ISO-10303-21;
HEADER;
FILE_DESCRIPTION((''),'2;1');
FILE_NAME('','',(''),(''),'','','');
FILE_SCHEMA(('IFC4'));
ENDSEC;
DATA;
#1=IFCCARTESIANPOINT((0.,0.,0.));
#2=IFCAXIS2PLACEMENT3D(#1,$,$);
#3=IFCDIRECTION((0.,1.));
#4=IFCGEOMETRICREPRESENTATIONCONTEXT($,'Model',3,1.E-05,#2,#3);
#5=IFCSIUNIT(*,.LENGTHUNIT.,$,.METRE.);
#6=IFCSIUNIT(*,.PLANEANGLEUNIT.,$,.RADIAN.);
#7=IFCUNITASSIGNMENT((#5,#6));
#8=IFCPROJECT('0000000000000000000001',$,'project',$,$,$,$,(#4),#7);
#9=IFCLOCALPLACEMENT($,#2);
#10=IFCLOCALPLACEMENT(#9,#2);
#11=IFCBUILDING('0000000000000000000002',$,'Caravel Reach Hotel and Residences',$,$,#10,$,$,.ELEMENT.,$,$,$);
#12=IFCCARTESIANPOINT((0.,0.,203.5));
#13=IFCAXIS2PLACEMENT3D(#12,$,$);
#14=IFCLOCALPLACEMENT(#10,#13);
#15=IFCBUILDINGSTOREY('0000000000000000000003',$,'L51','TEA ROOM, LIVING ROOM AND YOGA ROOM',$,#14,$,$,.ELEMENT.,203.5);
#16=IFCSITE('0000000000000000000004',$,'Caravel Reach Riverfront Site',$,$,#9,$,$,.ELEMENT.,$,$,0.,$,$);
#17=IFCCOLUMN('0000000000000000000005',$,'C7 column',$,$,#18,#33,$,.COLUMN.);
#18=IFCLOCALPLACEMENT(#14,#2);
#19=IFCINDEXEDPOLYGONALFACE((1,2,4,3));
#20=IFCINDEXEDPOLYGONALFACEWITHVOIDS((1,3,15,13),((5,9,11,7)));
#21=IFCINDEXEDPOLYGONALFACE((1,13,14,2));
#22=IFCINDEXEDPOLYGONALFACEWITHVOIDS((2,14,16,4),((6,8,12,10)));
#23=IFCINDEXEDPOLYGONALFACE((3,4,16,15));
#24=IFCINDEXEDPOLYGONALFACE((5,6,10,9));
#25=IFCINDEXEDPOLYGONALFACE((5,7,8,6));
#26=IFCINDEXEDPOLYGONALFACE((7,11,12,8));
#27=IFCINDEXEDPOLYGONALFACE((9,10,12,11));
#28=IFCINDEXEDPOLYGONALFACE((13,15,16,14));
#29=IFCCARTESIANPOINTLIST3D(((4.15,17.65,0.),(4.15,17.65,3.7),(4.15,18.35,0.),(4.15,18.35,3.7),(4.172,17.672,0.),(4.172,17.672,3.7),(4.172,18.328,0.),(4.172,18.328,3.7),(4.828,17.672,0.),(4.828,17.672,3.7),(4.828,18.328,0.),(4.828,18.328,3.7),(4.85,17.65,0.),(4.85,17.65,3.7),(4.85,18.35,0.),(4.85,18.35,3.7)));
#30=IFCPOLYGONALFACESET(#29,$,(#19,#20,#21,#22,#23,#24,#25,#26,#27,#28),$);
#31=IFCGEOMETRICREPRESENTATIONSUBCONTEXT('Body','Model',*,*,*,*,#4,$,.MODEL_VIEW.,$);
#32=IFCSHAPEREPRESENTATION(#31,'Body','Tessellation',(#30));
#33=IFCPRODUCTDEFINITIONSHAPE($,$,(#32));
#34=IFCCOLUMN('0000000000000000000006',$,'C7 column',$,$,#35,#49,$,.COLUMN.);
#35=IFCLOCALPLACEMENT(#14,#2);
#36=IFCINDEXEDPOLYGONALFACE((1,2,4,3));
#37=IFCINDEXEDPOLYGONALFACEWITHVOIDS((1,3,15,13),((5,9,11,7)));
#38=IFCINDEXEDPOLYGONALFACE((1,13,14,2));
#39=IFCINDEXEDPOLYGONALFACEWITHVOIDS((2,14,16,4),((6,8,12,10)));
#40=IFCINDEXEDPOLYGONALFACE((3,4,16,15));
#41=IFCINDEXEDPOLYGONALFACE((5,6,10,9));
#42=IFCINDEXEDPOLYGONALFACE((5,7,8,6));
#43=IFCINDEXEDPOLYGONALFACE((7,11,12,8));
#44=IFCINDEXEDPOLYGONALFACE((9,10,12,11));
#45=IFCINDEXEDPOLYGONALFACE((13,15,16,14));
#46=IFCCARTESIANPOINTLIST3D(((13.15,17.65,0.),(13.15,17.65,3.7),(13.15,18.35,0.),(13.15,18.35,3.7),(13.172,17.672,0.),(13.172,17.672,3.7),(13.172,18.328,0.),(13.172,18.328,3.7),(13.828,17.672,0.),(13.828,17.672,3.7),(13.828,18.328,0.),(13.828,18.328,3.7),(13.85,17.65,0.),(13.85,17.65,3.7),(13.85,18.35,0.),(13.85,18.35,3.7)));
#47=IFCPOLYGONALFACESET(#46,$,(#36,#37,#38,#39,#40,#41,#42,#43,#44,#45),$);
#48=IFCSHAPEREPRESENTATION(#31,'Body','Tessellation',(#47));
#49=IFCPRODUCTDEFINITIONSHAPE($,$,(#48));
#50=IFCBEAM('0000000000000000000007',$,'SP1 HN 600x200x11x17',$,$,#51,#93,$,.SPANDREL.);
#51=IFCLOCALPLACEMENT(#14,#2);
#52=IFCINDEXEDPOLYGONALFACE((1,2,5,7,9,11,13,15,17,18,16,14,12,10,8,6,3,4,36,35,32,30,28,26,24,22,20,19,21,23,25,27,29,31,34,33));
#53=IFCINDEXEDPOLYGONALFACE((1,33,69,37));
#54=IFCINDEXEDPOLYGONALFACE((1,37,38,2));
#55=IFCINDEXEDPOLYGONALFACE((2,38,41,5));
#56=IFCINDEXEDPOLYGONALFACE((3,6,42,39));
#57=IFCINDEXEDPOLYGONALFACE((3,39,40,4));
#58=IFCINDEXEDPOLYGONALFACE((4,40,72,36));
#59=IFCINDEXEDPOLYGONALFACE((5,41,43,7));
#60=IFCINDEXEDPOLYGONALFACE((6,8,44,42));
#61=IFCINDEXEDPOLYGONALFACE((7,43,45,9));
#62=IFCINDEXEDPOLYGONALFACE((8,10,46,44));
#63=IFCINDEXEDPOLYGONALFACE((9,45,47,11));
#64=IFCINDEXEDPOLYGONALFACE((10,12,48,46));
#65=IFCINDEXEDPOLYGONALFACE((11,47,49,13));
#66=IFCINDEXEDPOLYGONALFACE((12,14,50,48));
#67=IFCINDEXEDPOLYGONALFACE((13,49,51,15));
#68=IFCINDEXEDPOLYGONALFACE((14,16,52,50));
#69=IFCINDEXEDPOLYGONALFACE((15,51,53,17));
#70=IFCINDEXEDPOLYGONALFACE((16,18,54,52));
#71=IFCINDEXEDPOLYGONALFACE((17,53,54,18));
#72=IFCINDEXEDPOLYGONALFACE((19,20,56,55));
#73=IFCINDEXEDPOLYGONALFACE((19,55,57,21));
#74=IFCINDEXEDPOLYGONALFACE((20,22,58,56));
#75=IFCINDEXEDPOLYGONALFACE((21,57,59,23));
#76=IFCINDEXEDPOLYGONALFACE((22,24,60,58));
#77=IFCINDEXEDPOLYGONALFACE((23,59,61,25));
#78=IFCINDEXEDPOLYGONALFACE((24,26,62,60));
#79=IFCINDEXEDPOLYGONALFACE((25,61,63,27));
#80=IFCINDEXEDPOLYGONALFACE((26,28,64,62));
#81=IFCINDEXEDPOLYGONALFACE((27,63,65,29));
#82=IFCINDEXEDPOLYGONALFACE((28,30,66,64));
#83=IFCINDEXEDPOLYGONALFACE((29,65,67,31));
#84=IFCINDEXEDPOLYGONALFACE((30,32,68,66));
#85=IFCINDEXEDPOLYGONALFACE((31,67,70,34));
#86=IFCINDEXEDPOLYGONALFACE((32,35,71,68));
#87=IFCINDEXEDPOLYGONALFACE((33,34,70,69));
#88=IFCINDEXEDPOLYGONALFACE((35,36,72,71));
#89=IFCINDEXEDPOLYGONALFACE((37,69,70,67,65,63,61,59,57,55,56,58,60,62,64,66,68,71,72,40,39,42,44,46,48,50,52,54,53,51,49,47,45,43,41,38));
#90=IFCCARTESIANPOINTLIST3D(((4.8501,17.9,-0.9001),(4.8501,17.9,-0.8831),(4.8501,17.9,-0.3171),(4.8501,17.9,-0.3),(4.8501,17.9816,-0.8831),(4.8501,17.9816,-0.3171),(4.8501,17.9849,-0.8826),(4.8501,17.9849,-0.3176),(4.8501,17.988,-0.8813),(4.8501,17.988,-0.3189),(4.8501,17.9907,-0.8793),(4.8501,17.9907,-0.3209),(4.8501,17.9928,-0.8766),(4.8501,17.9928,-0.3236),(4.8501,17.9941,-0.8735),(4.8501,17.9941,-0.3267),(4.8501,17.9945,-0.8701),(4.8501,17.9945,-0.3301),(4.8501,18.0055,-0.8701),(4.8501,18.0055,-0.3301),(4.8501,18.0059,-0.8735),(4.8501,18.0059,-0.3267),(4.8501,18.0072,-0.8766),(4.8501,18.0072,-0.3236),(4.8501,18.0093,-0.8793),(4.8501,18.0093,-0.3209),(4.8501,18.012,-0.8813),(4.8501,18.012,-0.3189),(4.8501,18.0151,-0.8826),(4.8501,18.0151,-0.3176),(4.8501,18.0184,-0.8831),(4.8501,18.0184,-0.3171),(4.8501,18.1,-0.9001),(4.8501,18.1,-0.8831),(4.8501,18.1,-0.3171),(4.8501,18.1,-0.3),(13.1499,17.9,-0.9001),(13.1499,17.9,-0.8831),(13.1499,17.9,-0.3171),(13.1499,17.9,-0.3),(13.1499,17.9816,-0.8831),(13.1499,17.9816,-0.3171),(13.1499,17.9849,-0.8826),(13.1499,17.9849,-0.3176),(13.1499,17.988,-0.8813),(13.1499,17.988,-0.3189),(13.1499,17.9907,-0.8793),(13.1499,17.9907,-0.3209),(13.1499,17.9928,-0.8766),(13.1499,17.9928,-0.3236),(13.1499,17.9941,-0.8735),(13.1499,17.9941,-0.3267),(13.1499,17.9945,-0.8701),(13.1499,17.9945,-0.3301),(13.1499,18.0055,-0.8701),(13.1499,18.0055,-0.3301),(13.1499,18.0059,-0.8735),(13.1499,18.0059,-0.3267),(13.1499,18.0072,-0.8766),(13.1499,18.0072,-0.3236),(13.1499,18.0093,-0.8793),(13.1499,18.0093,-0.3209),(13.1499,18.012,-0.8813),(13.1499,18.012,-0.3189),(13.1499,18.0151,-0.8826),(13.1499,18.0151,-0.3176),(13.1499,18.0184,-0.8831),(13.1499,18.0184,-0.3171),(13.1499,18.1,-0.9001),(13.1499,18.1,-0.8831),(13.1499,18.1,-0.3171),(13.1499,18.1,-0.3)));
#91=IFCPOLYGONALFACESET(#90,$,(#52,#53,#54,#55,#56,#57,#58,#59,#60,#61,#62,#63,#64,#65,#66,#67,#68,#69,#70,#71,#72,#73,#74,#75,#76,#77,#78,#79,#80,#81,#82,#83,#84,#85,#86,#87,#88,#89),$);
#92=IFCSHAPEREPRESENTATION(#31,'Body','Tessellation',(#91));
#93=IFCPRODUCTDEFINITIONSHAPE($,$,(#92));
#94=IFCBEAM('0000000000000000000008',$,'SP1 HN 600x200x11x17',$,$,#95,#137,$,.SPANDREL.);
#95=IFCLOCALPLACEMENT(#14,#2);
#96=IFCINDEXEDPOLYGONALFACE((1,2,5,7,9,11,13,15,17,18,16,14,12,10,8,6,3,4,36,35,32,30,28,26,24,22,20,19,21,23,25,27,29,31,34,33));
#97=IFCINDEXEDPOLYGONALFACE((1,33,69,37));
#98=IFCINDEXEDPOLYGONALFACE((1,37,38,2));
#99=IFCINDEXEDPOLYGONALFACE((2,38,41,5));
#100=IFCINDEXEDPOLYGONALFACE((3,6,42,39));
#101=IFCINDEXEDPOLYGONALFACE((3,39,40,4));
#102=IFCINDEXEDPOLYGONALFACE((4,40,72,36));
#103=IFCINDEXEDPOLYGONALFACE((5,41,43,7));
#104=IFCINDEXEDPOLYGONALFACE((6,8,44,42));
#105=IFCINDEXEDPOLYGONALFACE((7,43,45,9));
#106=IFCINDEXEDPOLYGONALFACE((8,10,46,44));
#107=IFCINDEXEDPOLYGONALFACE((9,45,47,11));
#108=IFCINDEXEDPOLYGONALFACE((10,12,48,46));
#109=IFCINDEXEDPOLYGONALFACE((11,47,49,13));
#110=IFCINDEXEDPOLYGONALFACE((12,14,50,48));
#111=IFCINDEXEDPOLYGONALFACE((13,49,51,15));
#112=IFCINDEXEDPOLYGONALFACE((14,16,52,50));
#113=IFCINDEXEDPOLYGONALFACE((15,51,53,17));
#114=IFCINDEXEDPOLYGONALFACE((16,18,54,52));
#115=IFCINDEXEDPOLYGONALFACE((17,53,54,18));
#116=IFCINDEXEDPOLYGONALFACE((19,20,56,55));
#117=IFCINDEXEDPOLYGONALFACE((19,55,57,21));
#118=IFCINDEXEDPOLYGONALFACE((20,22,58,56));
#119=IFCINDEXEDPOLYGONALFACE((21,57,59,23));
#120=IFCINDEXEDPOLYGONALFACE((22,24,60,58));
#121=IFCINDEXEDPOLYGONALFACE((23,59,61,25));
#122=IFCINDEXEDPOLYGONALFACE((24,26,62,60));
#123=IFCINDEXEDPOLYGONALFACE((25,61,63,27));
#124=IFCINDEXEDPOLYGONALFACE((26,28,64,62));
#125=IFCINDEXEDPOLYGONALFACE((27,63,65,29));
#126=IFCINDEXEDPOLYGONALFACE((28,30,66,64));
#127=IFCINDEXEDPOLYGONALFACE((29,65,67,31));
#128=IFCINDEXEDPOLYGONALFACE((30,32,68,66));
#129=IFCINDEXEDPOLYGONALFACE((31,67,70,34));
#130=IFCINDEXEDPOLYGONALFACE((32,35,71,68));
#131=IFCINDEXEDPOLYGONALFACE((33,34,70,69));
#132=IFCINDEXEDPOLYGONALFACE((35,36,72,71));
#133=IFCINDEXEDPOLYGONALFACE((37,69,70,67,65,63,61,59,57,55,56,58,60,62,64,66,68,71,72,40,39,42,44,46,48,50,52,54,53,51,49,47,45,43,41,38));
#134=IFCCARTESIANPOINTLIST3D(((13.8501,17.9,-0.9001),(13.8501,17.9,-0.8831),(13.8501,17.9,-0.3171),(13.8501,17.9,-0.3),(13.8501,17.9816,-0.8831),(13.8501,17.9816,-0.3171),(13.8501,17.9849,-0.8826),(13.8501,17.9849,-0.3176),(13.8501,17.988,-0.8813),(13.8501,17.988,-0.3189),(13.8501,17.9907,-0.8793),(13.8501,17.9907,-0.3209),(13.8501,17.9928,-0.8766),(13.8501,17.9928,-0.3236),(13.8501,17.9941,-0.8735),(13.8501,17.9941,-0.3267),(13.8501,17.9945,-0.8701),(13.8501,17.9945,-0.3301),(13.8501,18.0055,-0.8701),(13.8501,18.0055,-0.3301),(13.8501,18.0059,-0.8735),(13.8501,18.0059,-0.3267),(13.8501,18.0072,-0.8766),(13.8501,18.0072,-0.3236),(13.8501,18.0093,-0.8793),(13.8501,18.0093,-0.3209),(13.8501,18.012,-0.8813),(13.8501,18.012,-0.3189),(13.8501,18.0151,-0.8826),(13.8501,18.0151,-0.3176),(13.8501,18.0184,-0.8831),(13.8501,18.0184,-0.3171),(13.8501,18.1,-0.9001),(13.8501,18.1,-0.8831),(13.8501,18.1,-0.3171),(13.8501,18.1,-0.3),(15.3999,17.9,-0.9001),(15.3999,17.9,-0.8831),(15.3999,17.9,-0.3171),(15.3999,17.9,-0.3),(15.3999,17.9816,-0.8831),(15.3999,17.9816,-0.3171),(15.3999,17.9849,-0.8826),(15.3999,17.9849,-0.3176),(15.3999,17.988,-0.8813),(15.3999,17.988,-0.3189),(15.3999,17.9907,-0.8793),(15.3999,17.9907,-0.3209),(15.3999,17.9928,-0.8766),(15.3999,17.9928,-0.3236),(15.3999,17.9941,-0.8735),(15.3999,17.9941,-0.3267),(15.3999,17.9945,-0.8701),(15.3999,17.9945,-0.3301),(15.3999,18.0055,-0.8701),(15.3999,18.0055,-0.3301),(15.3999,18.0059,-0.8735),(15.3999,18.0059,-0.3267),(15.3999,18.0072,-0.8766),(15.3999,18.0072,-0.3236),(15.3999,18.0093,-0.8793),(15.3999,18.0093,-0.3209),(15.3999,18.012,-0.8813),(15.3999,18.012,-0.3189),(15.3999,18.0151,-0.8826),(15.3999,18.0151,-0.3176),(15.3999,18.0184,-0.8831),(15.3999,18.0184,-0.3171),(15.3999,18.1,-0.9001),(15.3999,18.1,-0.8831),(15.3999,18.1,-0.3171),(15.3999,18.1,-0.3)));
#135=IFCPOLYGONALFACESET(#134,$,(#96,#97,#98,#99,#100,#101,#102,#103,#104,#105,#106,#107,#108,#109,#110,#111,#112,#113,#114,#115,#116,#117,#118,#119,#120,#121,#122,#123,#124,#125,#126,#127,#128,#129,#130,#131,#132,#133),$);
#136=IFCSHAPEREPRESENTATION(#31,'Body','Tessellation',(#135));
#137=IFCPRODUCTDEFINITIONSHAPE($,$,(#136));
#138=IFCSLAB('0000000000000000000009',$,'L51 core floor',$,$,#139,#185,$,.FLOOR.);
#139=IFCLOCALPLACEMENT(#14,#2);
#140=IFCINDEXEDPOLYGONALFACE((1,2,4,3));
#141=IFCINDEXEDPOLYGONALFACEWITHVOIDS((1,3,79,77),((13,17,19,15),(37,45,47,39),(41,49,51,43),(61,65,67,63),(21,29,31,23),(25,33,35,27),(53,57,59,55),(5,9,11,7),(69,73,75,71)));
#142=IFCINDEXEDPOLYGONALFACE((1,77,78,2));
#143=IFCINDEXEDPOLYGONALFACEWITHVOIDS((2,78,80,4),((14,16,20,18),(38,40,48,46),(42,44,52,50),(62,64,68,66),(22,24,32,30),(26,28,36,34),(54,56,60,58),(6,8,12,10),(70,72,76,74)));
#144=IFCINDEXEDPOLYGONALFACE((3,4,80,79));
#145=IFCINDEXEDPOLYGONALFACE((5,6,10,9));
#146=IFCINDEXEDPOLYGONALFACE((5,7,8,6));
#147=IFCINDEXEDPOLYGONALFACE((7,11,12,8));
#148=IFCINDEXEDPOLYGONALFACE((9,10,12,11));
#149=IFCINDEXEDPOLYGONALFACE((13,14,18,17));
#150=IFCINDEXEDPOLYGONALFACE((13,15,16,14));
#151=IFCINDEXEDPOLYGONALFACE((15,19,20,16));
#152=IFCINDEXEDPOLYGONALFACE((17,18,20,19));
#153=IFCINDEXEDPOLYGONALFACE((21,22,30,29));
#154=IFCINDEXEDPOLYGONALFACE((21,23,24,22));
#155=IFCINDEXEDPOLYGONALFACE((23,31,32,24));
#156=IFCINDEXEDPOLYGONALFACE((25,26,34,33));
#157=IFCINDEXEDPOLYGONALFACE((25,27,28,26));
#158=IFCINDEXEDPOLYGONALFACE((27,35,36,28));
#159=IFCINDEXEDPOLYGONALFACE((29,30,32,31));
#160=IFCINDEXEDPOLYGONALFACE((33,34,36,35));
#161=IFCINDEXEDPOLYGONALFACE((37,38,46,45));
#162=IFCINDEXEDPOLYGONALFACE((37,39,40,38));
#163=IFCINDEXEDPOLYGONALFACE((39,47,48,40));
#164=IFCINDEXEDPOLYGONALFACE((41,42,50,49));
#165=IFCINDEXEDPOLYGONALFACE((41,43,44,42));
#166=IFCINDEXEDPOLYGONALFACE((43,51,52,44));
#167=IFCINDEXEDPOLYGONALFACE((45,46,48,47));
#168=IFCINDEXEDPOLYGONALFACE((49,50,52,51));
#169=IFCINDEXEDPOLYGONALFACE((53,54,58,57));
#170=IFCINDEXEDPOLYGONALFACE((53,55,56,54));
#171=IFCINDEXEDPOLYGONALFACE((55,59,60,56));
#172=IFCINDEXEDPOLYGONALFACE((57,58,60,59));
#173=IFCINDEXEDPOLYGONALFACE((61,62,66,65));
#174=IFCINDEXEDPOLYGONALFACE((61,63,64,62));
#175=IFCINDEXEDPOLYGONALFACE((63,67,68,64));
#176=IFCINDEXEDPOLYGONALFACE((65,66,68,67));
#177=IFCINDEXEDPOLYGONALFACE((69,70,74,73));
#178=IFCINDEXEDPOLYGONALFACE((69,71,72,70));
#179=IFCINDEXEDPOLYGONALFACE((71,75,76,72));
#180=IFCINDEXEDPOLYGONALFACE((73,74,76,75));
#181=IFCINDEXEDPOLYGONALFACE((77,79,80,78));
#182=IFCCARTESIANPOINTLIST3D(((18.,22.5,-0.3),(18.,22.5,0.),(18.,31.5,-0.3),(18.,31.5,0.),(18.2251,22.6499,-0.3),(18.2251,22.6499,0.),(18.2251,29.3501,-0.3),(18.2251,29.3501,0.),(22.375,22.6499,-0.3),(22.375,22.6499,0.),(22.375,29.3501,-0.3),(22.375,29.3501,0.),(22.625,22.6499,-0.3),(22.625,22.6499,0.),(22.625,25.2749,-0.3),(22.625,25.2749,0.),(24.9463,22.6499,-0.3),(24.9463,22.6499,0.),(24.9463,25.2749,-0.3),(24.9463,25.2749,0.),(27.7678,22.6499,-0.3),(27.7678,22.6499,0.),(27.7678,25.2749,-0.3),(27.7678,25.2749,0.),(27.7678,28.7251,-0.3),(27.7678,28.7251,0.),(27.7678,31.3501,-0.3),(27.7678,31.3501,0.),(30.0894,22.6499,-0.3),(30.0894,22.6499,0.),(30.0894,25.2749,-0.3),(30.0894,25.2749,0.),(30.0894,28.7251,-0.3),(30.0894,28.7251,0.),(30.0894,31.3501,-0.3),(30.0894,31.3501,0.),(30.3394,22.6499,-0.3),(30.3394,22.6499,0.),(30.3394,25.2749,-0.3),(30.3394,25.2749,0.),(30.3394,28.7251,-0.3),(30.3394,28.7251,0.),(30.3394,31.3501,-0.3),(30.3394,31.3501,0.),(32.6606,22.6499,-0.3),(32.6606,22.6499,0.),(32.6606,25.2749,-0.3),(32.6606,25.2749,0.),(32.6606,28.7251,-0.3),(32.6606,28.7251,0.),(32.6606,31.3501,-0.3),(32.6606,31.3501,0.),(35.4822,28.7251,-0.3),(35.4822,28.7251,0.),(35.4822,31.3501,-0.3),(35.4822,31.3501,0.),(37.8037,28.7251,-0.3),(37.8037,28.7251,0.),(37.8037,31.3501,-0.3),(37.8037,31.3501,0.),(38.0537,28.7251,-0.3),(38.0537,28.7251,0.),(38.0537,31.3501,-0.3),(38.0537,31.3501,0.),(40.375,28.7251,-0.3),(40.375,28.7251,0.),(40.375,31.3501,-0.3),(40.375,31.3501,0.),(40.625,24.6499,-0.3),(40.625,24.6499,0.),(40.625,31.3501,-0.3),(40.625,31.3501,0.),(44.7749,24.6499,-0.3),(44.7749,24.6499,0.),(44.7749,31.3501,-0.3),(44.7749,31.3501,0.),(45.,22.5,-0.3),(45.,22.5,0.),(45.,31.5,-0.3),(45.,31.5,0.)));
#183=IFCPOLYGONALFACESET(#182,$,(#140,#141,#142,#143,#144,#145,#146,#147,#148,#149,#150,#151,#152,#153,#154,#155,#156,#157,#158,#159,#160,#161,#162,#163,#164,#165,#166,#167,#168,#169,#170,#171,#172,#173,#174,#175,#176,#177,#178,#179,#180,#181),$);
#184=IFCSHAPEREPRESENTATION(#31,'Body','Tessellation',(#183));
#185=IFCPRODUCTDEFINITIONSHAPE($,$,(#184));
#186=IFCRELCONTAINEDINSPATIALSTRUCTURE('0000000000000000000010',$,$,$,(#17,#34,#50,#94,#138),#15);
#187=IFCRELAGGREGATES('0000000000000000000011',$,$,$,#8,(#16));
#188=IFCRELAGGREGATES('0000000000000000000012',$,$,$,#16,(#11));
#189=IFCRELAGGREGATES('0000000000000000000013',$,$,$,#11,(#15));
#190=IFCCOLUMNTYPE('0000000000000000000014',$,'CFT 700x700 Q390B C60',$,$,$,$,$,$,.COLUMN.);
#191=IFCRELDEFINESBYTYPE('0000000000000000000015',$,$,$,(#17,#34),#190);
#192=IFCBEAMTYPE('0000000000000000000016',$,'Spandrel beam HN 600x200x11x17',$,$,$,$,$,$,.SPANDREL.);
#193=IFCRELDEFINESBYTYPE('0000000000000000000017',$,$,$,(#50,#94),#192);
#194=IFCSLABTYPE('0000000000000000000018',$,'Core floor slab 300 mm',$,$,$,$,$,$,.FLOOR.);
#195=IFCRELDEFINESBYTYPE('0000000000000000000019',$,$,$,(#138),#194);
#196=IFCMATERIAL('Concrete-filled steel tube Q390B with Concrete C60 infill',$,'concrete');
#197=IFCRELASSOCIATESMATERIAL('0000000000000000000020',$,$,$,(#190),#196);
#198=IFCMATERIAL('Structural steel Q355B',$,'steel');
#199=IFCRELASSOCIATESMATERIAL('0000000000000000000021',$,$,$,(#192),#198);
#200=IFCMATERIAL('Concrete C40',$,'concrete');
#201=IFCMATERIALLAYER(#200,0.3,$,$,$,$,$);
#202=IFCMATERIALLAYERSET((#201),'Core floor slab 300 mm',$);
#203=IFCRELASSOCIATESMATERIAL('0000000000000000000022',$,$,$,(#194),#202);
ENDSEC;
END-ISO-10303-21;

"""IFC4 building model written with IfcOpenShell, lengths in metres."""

from ifc_helpers import new_model, si_unit, direction, frame, origin, origin_2d, place, context, subcontext, project, spatial, polyline, hollow_rectangle, i_section, outline, extrude, material, layer, layer_set, material_profile, profile_set, type_object, element, save


model = new_model("IFC4")

# Units and contexts
model_context = context("Model", 3, precision=1e-05, world=origin(), true_north=direction((0.0, 1.0)))
body_context = subcontext(model_context, "Body", "Model", "MODEL_VIEW")
ifc_project = project(units=[si_unit("LENGTHUNIT", "METRE"), si_unit("PLANEANGLEUNIT", "RADIAN")], contexts=[model_context])

# Site, building, storey
site_placement = place(None, origin())
site = spatial("IfcSite", under=ifc_project, at=site_placement, Name="Caravel Reach Riverfront Site", CompositionType="ELEMENT", RefElevation=0.0)
building_placement = place(site_placement, origin())
building = spatial("IfcBuilding", under=site, at=building_placement, Name="Caravel Reach Hotel and Residences", CompositionType="ELEMENT")
storey_placement = place(building_placement, frame((0.0, 0.0, 203.5)))
storey = spatial("IfcBuildingStorey", under=building, at=storey_placement, Name="L51", Description="TEA ROOM, LIVING ROOM AND YOGA ROOM", CompositionType="ELEMENT", Elevation=203.5)

# Columns
ifc_material_1 = material(Name="Concrete-filled steel tube Q390B with Concrete C60 infill", Category="concrete")
ifc_material_profile_1 = material_profile(ifc_material_1, hollow_rectangle(XDim=0.7, YDim=0.7, WallThickness=0.022, at=origin_2d()), Name="RHS 700x700x22")
ifc_profile_set_1 = profile_set([ifc_material_profile_1], Name="Concrete-filled steel tube Q390B with Concrete C60 infill")
column_type = type_object("IfcColumnType", Name="CFT 700x700 Q390B C60", PredefinedType="COLUMN", material=ifc_profile_set_1)
for number, where, z_axis, x_axis, name in (
    (1, (4.5, 18.0, 0.0), (0.0, 0.0, 1.0), (1.0, 0.0, 0.0), "C7 column"),
    (2, (13.5, 18.0, 0.0), (0.0, 0.0, 1.0), (1.0, 0.0, 0.0), "C7 column"),
):
    element("IfcColumn", number, at=place(storey_placement, frame(where, z_axis=z_axis, x_axis=x_axis)), inside=storey, type_object=column_type, Name=name, PredefinedType="COLUMN", context=body_context, shape_type="SweptSolid", body=[
        extrude(hollow_rectangle(XDim=0.7, YDim=0.7, WallThickness=0.022, at=origin_2d()), origin(), (0.0, 0.0, 1.0), 3.7),
    ])

# Beams
ifc_material_2 = material(Name="Structural steel Q355B", Category="steel")
ifc_material_profile_2 = material_profile(ifc_material_2, i_section(OverallWidth=0.2, OverallDepth=0.6001, WebThickness=0.011, FlangeThickness=0.0171, FilletRadius=0.0129, at=origin_2d()), Name="HN 600x200x11x17")
ifc_profile_set_2 = profile_set([ifc_material_profile_2], Name="Structural steel Q355B")
beam_type = type_object("IfcBeamType", Name="Spandrel beam HN 600x200x11x17", PredefinedType="SPANDREL", material=ifc_profile_set_2)
beam_1_placement = place(storey_placement, frame((4.8501, 18.0, -0.6001), z_axis=(1.0, 0.0, 0.0), x_axis=(0.0, 1.0, 0.0)))
element("IfcBeam", 3, at=beam_1_placement, inside=storey, type_object=beam_type, Name="SP1 HN 600x200x11x17", PredefinedType="SPANDREL", context=body_context, shape_type="SweptSolid", body=[
    extrude(i_section(OverallWidth=0.2, OverallDepth=0.6001, WebThickness=0.011, FlangeThickness=0.0171, FilletRadius=0.0129, at=origin_2d()), origin(), (0.0, 0.0, 1.0), 8.2998),
])
beam_2_placement = place(storey_placement, frame((13.8501, 18.0, -0.6001), z_axis=(1.0, 0.0, 0.0), x_axis=(0.0, 1.0, 0.0)))
element("IfcBeam", 4, at=beam_2_placement, inside=storey, type_object=beam_type, Name="SP1 HN 600x200x11x17", PredefinedType="SPANDREL", context=body_context, shape_type="SweptSolid", body=[
    extrude(i_section(OverallWidth=0.2, OverallDepth=0.6001, WebThickness=0.011, FlangeThickness=0.0171, FilletRadius=0.0129, at=origin_2d()), origin(), (0.0, 0.0, 1.0), 1.5498),
])

# Slab
ifc_material_3 = material(Name="Concrete C40", Category="concrete")
ifc_layer_1 = layer(ifc_material_3, 0.3)
ifc_layer_set_1 = layer_set([ifc_layer_1], Name="Core floor slab 300 mm")
slab_type_1 = type_object("IfcSlabType", Name="Core floor slab 300 mm", PredefinedType="FLOOR", material=ifc_layer_set_1)
slab_1_placement = place(storey_placement, frame((0.0, 0.0, -0.3)))
element("IfcSlab", 5, at=slab_1_placement, inside=storey, type_object=slab_type_1, Name="L51 core floor", PredefinedType="FLOOR", context=body_context, shape_type="SweptSolid", body=[
    extrude(outline(polyline([(18.0, 31.5), (45.0, 31.5), (45.0, 22.5), (18.0, 22.5), (18.0, 31.5)]), holes=[polyline([(22.625, 25.2749), (22.625, 22.6499), (24.9463, 22.6499), (24.9463, 25.2749), (22.625, 25.2749)]), polyline([(27.7678, 25.2749), (27.7678, 22.6499), (30.0894, 22.6499), (30.0894, 25.2749), (27.7678, 25.2749)]), polyline([(30.3394, 25.2749), (30.3394, 22.6499), (32.6606, 22.6499), (32.6606, 25.2749), (30.3394, 25.2749)]), polyline([(22.375, 22.6499), (22.375, 29.3501), (18.2251, 29.3501), (18.2251, 22.6499), (22.375, 22.6499)]), polyline([(40.625, 31.3501), (40.625, 24.6499), (44.7749, 24.6499), (44.7749, 31.3501), (40.625, 31.3501)]), polyline([(27.7678, 31.3501), (27.7678, 28.7251), (30.0894, 28.7251), (30.0894, 31.3501), (27.7678, 31.3501)]), polyline([(30.3394, 31.3501), (30.3394, 28.7251), (32.6606, 28.7251), (32.6606, 31.3501), (30.3394, 31.3501)]), polyline([(37.8037, 31.3501), (35.4822, 31.3501), (35.4822, 28.7251), (37.8037, 28.7251), (37.8037, 31.3501)]), polyline([(40.375, 31.3501), (38.0537, 31.3501), (38.0537, 28.7251), (40.375, 28.7251), (40.375, 31.3501)])]), origin(), (0.0, 0.0, 1.0), 0.3),
])

save(model, "model.ifc")
